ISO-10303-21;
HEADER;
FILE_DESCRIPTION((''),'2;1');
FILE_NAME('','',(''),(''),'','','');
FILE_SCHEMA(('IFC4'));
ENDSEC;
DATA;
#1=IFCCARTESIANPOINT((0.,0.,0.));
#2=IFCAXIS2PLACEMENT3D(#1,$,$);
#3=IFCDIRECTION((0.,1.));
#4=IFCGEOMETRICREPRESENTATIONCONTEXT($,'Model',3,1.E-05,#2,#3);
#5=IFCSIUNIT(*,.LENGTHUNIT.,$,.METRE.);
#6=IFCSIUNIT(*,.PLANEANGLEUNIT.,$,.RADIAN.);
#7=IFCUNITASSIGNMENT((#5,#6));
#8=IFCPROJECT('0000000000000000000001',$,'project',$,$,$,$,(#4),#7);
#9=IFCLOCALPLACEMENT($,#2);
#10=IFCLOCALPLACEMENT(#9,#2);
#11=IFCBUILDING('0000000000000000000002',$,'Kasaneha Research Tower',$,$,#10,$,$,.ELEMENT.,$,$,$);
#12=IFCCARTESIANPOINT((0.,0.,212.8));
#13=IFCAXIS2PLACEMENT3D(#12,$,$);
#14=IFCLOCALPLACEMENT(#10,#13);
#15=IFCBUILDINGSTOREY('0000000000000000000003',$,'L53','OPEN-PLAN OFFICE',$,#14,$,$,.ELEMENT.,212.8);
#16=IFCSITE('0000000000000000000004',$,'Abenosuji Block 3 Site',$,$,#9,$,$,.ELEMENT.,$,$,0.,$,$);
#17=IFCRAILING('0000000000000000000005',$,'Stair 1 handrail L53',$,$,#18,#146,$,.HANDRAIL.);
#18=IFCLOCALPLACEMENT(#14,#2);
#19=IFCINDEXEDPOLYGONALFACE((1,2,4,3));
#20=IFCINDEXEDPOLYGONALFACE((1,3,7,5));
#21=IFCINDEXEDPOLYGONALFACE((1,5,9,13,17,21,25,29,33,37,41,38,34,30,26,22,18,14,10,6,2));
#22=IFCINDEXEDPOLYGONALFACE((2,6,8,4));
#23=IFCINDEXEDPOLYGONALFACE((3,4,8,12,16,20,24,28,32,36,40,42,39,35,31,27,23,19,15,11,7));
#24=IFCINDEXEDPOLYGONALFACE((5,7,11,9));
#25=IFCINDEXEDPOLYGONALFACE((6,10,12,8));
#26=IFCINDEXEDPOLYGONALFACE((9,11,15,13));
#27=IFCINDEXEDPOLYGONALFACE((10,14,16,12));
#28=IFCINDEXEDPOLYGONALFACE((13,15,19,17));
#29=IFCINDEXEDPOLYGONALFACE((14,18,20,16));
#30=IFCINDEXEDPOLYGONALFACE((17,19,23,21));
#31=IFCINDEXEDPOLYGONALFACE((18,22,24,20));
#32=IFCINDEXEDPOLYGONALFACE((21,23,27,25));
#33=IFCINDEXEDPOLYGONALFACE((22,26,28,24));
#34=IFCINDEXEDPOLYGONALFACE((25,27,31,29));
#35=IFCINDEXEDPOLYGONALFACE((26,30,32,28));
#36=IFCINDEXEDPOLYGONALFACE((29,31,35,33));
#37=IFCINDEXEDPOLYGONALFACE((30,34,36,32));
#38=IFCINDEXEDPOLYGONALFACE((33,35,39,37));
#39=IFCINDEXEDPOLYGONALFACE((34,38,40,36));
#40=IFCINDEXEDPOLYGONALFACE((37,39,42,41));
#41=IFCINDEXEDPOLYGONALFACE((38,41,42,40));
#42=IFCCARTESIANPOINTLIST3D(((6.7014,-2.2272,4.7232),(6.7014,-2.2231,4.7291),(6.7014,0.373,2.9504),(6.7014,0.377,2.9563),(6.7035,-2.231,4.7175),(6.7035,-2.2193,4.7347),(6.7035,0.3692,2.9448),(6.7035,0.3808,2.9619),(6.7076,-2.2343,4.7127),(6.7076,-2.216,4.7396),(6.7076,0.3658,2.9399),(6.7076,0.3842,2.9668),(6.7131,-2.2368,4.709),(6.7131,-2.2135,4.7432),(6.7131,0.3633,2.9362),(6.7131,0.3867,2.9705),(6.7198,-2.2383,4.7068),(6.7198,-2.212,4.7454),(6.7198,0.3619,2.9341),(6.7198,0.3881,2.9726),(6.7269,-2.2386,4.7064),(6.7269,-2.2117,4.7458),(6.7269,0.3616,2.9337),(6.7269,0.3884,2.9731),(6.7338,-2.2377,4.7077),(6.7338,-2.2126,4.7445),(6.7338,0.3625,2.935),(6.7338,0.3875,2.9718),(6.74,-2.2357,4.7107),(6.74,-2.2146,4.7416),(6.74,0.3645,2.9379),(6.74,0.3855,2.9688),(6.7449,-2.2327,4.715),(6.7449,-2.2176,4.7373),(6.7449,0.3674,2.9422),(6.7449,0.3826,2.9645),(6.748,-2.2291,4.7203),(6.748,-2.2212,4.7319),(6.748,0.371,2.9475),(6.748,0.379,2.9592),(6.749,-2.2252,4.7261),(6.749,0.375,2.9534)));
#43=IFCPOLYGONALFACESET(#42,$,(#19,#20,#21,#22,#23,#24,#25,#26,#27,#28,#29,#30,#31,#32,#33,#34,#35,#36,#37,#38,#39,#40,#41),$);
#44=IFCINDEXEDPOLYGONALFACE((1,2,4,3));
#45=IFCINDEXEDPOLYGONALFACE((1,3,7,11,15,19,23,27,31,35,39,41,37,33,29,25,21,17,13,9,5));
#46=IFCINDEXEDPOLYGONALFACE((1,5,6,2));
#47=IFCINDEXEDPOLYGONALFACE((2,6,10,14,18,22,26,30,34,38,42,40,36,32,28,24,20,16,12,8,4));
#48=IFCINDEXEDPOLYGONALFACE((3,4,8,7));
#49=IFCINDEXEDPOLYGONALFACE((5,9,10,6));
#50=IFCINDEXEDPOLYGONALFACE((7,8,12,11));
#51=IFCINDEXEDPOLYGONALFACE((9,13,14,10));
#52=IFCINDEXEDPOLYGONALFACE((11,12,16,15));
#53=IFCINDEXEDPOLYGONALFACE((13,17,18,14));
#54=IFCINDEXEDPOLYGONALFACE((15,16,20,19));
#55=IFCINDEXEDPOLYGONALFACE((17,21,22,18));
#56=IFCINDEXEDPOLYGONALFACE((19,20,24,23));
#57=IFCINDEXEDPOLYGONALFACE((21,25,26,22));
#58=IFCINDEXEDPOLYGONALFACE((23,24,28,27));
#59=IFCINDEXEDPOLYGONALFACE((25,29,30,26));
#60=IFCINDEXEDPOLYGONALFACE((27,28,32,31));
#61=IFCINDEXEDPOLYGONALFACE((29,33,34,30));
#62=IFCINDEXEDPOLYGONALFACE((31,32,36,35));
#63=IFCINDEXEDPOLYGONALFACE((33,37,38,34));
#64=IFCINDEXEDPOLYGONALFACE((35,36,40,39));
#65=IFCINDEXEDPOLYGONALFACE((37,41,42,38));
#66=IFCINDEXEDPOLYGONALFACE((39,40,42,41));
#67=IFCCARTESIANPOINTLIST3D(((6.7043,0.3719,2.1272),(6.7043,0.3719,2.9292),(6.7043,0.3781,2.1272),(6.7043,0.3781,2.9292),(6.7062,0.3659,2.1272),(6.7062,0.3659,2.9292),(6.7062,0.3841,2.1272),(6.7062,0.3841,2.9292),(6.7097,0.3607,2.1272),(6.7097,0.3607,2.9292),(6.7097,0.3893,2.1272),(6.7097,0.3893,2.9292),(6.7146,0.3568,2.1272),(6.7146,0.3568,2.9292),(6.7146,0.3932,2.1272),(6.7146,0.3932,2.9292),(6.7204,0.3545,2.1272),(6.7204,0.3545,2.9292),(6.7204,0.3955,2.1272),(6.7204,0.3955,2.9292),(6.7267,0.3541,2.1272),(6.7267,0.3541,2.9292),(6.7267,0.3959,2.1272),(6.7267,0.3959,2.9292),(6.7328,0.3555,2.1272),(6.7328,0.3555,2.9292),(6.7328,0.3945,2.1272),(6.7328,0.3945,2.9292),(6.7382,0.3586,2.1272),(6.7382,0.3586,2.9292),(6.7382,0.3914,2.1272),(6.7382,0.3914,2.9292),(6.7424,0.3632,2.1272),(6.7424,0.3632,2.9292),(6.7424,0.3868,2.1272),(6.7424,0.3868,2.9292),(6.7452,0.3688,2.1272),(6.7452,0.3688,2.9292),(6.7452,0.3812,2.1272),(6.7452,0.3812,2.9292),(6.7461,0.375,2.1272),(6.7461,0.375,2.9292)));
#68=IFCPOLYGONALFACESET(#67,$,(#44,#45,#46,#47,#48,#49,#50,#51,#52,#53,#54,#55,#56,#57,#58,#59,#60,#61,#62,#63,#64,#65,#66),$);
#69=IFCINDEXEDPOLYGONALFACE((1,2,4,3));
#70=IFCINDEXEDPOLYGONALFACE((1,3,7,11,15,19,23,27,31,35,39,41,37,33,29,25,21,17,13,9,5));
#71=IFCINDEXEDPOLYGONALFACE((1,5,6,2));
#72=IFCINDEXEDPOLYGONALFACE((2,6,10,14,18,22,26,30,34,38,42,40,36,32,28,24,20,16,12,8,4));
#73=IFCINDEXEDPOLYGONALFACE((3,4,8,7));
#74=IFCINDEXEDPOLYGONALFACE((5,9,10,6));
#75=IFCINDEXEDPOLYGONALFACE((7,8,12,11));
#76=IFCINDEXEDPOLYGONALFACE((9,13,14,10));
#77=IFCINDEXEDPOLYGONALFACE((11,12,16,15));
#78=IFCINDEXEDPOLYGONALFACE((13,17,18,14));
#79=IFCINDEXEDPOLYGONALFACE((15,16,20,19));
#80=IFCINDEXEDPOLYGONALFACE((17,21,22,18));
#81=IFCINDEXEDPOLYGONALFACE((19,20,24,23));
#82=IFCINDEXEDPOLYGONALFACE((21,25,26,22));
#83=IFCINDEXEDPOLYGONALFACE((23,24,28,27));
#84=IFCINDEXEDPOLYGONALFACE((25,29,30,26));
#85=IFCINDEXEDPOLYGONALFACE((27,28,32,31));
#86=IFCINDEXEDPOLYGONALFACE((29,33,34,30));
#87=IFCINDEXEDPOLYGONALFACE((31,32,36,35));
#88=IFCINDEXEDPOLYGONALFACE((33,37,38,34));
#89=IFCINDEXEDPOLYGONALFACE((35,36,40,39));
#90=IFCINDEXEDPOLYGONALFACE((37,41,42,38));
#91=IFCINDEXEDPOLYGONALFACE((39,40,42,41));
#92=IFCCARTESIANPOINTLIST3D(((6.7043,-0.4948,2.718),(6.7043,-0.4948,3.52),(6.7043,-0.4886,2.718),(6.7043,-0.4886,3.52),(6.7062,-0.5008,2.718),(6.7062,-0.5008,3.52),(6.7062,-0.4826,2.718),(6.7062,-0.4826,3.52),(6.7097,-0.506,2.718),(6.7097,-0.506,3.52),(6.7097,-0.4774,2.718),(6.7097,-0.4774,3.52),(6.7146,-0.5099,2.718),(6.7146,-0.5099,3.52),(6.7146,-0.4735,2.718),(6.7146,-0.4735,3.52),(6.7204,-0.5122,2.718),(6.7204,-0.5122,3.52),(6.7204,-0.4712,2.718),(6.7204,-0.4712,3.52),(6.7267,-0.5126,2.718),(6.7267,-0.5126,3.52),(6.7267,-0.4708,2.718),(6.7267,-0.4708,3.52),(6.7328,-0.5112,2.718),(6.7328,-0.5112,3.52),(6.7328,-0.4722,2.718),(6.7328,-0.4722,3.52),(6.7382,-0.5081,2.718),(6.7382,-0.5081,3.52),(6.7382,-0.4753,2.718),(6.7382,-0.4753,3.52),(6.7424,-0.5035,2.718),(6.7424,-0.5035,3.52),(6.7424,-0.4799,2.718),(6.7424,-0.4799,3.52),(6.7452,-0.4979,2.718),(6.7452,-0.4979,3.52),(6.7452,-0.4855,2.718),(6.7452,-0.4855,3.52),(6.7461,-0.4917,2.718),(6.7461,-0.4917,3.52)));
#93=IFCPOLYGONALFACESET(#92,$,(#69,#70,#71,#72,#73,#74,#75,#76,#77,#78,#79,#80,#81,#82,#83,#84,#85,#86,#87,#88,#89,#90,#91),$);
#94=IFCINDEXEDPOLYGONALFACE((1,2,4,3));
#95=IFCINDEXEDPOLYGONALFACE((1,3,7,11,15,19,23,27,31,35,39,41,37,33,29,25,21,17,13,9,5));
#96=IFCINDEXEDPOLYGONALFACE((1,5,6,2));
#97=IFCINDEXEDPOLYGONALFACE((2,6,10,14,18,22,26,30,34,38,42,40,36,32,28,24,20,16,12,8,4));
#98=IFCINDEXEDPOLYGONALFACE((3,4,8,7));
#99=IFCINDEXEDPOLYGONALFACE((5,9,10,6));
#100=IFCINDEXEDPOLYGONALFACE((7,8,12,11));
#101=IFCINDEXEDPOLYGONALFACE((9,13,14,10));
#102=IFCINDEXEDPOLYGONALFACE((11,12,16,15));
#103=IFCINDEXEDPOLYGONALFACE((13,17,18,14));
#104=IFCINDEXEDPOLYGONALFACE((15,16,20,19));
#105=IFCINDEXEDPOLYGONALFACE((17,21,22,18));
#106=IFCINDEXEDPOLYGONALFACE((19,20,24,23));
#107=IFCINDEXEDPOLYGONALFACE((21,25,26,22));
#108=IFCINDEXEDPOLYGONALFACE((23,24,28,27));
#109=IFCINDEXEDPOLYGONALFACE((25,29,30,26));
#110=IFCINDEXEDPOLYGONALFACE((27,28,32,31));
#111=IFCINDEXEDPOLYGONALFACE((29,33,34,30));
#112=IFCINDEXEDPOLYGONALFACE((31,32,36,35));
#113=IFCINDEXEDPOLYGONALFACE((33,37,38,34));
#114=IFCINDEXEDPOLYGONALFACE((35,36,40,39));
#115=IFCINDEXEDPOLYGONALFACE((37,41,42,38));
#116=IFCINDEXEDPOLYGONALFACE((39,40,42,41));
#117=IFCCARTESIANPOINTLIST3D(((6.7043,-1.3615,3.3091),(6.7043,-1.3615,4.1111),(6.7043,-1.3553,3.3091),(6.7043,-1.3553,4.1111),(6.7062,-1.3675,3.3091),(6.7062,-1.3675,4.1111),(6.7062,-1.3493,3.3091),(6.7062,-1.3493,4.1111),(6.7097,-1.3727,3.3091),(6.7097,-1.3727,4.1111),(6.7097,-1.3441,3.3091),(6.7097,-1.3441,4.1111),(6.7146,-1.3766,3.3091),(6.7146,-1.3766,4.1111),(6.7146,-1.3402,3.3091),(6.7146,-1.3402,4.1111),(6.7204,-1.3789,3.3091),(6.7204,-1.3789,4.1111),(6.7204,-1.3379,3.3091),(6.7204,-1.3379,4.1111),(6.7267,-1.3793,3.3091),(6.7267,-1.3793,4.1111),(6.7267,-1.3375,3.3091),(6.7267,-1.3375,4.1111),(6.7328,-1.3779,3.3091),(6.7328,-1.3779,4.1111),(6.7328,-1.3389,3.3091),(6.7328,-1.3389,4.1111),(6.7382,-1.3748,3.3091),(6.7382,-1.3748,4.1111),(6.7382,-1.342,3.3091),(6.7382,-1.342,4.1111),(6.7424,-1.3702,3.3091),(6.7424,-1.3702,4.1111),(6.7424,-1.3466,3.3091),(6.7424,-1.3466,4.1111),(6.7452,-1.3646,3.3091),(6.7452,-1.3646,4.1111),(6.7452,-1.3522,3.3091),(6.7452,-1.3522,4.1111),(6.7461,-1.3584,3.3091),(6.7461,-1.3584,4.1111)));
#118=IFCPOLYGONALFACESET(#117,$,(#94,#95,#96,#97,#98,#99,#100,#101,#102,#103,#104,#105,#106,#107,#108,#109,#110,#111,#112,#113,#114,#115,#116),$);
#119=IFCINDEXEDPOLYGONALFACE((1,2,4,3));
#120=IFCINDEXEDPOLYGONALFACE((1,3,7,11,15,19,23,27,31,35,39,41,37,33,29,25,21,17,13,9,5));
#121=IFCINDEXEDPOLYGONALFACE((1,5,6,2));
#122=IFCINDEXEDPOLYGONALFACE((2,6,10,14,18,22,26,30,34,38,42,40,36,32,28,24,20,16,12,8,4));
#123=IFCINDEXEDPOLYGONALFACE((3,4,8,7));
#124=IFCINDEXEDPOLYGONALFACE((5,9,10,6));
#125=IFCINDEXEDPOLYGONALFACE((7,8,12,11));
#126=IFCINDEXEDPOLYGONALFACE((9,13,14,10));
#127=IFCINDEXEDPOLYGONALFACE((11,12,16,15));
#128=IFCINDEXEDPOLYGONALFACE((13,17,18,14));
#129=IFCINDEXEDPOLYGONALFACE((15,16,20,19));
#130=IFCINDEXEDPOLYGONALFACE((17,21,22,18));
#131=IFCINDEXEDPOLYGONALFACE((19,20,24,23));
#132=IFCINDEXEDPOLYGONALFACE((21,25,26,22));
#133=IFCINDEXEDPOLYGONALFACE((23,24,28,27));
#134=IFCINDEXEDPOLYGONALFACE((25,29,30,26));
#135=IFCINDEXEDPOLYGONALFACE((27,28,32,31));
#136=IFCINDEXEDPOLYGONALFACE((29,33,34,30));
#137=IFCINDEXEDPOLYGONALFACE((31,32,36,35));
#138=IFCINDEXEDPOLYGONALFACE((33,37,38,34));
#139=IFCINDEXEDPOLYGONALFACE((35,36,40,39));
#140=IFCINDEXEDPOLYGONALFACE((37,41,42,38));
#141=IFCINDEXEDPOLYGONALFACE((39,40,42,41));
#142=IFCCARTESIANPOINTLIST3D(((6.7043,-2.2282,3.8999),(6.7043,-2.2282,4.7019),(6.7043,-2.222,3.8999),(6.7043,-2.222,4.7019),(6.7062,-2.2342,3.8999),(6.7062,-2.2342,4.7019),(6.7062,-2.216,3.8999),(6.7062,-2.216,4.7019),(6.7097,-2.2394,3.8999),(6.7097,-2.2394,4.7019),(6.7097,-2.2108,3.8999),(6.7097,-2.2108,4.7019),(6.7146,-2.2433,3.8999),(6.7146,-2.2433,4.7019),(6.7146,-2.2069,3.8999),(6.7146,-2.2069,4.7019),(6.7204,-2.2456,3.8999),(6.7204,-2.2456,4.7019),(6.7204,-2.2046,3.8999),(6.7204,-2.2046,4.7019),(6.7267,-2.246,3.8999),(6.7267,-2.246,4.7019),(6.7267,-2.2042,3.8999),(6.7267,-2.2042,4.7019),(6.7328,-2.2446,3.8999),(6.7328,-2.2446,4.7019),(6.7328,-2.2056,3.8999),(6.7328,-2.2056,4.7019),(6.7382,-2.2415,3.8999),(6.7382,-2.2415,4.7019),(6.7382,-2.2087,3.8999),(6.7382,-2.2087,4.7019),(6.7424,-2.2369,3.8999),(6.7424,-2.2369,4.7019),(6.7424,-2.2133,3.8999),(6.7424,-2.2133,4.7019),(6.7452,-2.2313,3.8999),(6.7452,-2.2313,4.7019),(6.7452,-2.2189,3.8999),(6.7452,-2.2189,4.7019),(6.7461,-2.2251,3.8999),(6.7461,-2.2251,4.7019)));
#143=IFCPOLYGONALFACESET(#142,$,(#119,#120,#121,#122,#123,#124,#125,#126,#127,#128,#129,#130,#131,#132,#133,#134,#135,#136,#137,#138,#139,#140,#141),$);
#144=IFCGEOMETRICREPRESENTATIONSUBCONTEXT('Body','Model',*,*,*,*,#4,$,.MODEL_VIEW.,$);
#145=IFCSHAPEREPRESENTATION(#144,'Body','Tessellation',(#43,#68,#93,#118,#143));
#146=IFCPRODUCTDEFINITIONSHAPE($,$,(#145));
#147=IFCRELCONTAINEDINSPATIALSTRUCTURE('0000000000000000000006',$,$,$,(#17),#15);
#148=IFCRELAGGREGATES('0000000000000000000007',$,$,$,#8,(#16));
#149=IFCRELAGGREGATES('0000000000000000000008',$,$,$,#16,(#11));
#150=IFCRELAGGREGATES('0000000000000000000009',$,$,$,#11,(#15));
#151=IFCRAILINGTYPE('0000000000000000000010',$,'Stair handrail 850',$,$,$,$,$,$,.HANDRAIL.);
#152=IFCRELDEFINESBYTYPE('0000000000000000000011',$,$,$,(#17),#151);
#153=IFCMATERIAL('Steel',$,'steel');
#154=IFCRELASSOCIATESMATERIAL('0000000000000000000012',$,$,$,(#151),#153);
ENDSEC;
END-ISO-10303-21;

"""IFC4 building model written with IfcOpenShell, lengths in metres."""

from ifc_helpers import new_model, si_unit, direction, frame, origin, origin_2d, place, context, subcontext, project, spatial, circle, extrude, material, type_object, element, save


model = new_model("IFC4")

# Units and contexts
model_context = context("Model", 3, precision=1e-05, world=origin(), true_north=direction((0.0, 1.0)))
body_context = subcontext(model_context, "Body", "Model", "MODEL_VIEW")
ifc_project = project(units=[si_unit("LENGTHUNIT", "METRE"), si_unit("PLANEANGLEUNIT", "RADIAN")], contexts=[model_context])

# Site, building, storey
site_placement = place(None, origin())
site = spatial("IfcSite", under=ifc_project, at=site_placement, Name="Abenosuji Block 3 Site", CompositionType="ELEMENT", RefElevation=0.0)
building_placement = place(site_placement, origin())
building = spatial("IfcBuilding", under=site, at=building_placement, Name="Kasaneha Research Tower", CompositionType="ELEMENT")
storey_placement = place(building_placement, frame((0.0, 0.0, 212.8)))
storey = spatial("IfcBuildingStorey", under=building, at=storey_placement, Name="L53", Description="OPEN-PLAN OFFICE", CompositionType="ELEMENT", Elevation=212.8)

# Railing
ifc_material_1 = material(Name="Steel", Category="steel")
railing_type_1 = type_object("IfcRailingType", Name="Stair handrail 850", PredefinedType="HANDRAIL", material=ifc_material_1)
railing_1_placement = place(storey_placement, frame((6.7251, 0.375, 2.1272)))
element("IfcRailing", 1, at=railing_1_placement, inside=storey, type_object=railing_type_1, Name="Stair 1 handrail L53", PredefinedType="HANDRAIL", context=body_context, shape_type="SweptSolid", body=[
    extrude(circle(Radius=0.0239, at=origin_2d()), frame((0.0, 0.0, 0.8262), z_axis=(0.0, -0.82624, 0.563318), x_axis=(1.0, 0.0, 0.0)), (0.0, 0.0, 1.0), 3.147),
    extrude(circle(Radius=0.021, at=origin_2d()), origin(), (0.0, 0.0, 1.0), 0.802),
    extrude(circle(Radius=0.021, at=origin_2d()), frame((0.0, -0.8667, 0.5908)), (0.0, 0.0, 1.0), 0.802),
    extrude(circle(Radius=0.021, at=origin_2d()), frame((0.0, -1.7334, 1.1819)), (0.0, 0.0, 1.0), 0.802),
    extrude(circle(Radius=0.021, at=origin_2d()), frame((0.0, -2.6001, 1.7727)), (0.0, 0.0, 1.0), 0.802),
])

save(model, "model.ifc")
